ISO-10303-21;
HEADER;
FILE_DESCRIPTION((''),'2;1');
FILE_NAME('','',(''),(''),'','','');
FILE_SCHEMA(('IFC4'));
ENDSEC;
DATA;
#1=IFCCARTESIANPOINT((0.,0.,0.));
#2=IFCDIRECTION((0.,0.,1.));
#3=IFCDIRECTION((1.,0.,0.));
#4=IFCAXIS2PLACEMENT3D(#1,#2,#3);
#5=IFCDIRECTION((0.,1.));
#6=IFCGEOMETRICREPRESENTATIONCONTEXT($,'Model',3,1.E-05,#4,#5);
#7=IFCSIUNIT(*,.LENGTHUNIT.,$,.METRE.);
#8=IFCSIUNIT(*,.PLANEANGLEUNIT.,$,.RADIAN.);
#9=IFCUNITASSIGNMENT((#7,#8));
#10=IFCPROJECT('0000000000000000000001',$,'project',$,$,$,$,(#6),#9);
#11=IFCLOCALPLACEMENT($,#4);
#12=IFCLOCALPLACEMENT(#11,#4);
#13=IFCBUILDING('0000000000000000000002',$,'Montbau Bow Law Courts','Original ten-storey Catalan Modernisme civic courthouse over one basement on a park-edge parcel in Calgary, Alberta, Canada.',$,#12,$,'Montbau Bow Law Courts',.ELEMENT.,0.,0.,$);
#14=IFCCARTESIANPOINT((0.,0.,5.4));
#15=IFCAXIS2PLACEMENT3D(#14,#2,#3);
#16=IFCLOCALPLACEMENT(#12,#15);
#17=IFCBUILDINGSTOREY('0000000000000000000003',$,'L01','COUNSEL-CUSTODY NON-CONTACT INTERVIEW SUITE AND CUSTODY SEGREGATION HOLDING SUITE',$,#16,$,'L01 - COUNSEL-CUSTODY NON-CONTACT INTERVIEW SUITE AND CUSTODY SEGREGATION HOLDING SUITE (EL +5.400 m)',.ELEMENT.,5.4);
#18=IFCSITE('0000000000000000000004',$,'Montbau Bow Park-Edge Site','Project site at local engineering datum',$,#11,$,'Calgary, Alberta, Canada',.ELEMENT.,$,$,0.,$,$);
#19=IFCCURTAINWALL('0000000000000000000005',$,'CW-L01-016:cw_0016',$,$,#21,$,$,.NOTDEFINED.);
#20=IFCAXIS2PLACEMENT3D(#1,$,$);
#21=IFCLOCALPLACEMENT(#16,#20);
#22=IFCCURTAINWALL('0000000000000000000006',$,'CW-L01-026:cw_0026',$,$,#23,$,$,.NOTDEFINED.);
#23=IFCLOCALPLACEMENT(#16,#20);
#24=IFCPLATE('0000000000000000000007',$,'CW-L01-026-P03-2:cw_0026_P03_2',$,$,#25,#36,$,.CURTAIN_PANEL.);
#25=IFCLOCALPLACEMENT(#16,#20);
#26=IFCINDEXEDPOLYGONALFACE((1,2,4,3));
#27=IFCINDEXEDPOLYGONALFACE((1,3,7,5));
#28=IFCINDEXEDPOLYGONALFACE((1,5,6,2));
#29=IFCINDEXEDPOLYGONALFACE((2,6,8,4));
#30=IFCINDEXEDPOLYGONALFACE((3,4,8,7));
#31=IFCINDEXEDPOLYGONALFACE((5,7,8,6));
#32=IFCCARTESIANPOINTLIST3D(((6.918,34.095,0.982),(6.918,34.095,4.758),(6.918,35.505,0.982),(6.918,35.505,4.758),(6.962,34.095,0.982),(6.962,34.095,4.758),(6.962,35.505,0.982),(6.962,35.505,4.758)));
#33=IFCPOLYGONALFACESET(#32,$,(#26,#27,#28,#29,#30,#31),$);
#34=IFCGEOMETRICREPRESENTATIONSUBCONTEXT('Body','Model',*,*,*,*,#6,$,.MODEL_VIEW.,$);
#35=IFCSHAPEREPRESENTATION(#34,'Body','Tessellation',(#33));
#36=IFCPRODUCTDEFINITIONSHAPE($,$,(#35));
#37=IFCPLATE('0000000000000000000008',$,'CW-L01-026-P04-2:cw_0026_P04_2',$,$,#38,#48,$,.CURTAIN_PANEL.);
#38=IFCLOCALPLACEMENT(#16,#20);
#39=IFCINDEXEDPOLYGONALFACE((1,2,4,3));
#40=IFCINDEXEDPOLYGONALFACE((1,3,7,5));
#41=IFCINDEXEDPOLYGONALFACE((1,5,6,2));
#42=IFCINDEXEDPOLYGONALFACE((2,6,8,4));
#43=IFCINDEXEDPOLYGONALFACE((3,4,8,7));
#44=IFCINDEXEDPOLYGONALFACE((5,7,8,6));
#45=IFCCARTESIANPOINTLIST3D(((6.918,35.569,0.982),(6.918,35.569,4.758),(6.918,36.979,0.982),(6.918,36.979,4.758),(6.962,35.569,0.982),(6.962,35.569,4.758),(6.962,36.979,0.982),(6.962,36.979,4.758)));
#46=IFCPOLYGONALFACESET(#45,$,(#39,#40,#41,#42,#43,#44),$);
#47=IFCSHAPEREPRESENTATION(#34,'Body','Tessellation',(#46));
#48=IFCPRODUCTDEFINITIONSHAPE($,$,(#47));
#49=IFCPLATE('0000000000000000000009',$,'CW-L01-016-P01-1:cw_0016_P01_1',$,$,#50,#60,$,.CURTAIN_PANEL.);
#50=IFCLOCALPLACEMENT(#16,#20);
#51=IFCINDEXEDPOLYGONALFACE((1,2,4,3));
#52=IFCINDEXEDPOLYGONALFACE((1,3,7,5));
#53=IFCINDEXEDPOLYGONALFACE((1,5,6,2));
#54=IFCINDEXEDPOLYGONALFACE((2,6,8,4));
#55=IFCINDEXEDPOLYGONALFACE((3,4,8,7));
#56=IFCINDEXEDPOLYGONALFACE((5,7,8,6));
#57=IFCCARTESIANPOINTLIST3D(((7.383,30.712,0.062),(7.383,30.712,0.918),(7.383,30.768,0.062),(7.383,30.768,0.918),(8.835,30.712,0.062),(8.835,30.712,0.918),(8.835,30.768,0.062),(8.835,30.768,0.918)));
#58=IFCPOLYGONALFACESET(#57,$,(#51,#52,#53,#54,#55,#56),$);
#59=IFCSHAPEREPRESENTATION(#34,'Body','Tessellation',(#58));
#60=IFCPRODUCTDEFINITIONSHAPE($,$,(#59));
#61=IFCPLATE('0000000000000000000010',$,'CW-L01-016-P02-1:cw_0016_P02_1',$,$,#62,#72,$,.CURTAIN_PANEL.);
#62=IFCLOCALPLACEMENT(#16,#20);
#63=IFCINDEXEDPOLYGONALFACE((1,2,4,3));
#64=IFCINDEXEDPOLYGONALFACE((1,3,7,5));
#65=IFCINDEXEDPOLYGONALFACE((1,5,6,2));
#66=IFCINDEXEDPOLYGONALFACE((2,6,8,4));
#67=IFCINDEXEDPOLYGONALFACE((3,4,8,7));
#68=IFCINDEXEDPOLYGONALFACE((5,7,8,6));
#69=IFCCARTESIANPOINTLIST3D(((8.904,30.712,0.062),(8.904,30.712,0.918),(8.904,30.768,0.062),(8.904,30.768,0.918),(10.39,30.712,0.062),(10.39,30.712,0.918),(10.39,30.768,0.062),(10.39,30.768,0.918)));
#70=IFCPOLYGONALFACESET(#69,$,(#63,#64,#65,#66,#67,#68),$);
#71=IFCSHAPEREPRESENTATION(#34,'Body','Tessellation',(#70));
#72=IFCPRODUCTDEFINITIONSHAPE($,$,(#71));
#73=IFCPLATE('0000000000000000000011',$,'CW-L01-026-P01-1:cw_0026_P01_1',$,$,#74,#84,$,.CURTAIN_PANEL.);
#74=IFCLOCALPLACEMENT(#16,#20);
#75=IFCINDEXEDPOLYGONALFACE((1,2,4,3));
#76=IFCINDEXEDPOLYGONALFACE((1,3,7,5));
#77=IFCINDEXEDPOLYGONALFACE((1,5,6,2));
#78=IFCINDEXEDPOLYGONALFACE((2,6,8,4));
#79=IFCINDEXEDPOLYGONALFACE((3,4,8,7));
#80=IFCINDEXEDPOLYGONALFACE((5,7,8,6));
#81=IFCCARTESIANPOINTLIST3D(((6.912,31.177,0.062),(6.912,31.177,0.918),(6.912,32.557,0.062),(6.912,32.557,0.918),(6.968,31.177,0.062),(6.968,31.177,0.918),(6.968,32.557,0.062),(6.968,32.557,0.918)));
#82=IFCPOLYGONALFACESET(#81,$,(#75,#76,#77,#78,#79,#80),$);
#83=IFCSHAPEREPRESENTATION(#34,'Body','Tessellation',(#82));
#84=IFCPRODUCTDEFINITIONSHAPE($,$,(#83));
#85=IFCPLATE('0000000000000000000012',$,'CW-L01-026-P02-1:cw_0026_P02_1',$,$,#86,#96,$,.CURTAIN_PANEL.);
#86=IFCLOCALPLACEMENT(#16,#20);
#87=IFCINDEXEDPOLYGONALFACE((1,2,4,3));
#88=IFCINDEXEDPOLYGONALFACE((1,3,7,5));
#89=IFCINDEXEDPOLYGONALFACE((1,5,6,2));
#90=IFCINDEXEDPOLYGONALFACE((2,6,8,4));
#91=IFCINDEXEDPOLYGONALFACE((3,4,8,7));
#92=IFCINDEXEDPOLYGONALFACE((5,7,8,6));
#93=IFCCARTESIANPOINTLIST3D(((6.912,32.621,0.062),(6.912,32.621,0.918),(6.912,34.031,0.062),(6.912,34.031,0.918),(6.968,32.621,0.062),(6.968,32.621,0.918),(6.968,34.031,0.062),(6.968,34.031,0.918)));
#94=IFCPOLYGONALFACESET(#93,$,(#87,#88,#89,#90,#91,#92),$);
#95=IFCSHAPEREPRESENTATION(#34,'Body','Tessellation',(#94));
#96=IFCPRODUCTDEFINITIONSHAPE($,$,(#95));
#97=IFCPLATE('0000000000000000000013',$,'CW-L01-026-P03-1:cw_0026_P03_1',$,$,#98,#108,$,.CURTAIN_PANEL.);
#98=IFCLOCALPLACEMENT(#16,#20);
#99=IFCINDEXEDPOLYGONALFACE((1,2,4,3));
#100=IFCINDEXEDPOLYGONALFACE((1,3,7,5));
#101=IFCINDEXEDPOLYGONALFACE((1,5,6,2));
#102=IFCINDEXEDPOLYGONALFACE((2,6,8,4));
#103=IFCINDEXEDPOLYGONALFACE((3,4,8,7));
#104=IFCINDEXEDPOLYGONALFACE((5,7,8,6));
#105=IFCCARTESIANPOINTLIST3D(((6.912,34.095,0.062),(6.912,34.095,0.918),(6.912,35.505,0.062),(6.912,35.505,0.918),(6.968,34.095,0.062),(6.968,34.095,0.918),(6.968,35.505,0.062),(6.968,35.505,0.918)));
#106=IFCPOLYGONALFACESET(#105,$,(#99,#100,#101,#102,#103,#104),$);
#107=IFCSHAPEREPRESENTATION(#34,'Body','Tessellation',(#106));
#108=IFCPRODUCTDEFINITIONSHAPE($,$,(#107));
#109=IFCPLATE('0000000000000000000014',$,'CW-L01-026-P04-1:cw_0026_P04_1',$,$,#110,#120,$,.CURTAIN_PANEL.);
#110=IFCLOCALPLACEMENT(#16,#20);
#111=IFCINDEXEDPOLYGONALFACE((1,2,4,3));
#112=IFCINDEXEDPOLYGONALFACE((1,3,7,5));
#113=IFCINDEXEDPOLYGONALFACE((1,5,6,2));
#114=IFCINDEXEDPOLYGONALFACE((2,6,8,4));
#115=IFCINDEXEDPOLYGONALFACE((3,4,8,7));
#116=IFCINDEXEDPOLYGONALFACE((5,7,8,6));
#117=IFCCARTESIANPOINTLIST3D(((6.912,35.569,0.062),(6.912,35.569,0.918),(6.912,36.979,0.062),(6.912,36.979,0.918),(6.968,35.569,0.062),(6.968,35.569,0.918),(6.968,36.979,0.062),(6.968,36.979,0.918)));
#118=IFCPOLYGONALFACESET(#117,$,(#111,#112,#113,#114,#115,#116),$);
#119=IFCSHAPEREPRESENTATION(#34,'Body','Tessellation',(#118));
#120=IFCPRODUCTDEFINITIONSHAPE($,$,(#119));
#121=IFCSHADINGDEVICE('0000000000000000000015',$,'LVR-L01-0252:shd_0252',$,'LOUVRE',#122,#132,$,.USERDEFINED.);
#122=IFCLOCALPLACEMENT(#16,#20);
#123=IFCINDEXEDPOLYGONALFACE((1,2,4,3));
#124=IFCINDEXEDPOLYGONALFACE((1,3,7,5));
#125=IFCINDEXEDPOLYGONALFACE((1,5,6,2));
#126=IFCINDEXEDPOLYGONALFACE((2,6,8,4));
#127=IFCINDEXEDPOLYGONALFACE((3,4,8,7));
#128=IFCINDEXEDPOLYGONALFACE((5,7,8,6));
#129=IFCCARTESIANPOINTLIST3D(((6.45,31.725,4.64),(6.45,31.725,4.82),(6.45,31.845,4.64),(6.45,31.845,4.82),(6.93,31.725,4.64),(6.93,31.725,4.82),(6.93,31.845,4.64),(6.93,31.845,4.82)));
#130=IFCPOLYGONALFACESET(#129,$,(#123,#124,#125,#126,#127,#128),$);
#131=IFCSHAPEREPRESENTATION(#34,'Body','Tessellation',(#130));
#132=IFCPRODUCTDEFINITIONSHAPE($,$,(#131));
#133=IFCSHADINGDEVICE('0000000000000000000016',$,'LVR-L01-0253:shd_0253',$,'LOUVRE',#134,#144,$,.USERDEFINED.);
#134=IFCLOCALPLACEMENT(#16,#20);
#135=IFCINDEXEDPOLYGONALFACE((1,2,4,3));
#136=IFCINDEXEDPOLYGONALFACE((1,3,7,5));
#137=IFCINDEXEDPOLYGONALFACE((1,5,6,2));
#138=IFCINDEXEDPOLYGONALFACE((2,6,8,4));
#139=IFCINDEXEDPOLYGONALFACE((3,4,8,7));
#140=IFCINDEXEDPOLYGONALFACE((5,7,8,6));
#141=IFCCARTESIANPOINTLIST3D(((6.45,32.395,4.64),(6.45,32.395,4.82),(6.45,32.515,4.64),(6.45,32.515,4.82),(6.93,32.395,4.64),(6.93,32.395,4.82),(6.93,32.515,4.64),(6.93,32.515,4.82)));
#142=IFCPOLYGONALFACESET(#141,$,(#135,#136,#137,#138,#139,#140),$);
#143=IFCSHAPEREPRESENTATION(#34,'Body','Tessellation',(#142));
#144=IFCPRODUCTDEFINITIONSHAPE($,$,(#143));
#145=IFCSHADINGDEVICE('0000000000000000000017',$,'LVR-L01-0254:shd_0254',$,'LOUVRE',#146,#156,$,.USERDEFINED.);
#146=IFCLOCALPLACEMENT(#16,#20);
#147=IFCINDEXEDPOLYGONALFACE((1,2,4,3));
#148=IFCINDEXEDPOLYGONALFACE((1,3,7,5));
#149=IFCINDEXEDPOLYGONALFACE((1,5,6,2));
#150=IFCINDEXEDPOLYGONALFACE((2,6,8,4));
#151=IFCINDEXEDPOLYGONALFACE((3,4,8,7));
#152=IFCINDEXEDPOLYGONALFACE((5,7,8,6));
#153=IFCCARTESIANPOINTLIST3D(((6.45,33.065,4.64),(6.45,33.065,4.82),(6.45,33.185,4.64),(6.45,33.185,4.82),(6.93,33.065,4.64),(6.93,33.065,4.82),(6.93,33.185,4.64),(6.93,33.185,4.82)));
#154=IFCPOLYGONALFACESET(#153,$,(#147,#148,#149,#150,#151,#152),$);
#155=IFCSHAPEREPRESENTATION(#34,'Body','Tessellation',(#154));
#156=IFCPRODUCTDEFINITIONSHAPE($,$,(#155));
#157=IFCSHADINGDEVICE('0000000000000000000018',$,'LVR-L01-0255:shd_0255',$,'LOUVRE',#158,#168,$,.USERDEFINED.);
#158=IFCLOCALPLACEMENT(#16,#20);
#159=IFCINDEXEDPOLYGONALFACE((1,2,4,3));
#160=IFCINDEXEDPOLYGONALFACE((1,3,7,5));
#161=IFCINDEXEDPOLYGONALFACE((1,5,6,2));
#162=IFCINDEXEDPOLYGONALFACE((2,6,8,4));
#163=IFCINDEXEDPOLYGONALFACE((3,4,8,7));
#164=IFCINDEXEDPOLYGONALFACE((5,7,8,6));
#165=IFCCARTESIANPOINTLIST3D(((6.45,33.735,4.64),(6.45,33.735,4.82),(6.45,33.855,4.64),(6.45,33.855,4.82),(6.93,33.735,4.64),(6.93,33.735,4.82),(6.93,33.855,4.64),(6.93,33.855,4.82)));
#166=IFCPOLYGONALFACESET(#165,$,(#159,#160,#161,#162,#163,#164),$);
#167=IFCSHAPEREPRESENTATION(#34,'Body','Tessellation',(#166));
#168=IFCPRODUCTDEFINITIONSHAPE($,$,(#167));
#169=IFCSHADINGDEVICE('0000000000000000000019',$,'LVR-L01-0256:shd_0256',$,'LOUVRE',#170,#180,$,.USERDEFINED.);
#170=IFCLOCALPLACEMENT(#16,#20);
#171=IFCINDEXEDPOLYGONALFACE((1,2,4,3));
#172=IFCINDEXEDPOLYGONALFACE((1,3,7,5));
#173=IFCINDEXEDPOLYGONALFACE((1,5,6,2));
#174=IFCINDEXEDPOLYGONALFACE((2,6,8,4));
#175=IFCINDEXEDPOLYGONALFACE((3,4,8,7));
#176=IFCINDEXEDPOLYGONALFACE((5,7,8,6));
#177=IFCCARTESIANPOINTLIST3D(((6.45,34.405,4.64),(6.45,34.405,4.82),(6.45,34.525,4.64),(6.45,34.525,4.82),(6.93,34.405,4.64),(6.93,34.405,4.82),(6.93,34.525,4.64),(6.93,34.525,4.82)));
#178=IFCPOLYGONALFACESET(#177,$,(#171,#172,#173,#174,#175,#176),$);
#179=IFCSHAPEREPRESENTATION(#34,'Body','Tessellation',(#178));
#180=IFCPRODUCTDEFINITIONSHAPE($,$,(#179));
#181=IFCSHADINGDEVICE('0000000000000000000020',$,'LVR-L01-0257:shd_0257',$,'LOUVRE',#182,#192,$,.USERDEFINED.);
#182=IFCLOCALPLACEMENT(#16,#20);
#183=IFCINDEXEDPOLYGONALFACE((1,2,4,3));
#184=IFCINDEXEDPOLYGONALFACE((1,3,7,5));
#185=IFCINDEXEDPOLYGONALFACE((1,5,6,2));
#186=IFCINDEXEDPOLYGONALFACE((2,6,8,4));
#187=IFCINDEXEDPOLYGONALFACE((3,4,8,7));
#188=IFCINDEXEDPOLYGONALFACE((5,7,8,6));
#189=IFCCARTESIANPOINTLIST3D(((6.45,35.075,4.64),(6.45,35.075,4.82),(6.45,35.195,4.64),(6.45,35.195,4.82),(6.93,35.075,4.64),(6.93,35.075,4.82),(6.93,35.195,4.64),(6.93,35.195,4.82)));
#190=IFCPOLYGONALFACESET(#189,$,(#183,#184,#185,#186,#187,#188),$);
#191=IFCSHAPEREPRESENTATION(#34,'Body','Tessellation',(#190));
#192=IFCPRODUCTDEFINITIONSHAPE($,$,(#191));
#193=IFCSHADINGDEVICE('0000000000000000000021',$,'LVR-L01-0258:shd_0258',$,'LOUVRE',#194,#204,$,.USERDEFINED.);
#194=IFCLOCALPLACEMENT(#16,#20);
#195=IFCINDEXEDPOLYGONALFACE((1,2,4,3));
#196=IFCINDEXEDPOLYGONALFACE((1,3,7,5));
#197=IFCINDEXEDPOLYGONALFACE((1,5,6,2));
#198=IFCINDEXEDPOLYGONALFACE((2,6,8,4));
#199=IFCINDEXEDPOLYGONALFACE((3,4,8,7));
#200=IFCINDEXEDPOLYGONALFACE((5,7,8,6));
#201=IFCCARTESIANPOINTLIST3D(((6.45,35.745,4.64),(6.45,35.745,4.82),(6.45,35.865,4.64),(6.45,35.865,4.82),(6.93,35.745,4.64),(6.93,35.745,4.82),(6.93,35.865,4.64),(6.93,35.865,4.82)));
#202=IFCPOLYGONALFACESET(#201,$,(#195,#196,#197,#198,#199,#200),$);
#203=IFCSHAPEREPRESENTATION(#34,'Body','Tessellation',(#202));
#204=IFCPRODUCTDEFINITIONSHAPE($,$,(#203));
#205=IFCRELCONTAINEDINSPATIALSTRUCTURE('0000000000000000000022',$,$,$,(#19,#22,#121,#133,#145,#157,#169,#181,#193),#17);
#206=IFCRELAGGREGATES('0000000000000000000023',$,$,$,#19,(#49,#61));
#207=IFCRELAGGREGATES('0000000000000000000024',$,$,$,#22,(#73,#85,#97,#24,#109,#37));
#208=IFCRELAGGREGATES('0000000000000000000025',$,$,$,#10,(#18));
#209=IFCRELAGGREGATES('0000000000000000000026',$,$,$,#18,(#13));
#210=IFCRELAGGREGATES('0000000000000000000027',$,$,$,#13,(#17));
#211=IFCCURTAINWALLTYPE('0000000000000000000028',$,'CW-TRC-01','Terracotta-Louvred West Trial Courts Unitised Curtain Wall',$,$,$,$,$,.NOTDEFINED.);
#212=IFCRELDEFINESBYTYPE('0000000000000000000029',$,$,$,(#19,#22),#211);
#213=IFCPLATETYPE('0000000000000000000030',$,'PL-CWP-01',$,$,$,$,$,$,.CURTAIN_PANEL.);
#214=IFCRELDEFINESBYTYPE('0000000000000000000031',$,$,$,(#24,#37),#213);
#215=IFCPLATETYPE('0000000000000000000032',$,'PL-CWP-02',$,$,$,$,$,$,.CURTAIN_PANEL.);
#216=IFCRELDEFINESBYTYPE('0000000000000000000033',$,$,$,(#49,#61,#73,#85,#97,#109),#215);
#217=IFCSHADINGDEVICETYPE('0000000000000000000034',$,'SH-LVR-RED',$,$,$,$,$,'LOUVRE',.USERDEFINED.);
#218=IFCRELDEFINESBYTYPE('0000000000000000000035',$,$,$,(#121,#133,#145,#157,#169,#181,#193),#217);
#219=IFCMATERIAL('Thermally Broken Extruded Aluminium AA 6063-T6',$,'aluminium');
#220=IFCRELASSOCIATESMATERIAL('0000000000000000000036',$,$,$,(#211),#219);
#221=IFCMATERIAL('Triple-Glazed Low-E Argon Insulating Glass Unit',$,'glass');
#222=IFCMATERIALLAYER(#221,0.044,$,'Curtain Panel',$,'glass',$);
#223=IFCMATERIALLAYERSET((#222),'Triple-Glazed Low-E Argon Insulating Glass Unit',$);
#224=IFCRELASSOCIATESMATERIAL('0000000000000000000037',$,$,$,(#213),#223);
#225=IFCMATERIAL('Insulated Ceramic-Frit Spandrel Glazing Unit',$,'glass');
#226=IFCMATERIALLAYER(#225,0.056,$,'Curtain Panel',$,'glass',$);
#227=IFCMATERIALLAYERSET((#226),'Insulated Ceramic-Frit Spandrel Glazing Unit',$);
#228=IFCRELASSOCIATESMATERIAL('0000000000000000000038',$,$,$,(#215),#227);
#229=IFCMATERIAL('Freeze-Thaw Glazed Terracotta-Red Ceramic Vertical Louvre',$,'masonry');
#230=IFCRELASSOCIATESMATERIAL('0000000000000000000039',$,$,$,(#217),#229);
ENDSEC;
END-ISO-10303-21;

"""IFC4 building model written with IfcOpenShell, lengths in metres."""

from ifc_helpers import new_model, si_unit, direction, frame, frame_2d, origin_with_axes, origin_2d_with_axis, place, context, subcontext, project, spatial, rectangle, extrude, material, layer, layer_set, type_object, element, aggregate, save


model = new_model("IFC4")

# Units and contexts
model_context = context("Model", 3, precision=1e-05, world=origin_with_axes(), true_north=direction((0.0, 1.0)))
body_context = subcontext(model_context, "Body", "Model", "MODEL_VIEW")
ifc_project = project(units=[si_unit("LENGTHUNIT", "METRE"), si_unit("PLANEANGLEUNIT", "RADIAN")], contexts=[model_context])

# Site, building, storey
site_placement = place(None, origin_with_axes())
site = spatial("IfcSite", under=ifc_project, at=site_placement, Name="Montbau Bow Park-Edge Site", Description="Project site at local engineering datum", LongName="Calgary, Alberta, Canada", CompositionType="ELEMENT", RefElevation=0.0)
building_placement = place(site_placement, origin_with_axes())
building = spatial("IfcBuilding", under=site, at=building_placement, Name="Montbau Bow Law Courts", Description="Original ten-storey Catalan Modernisme civic courthouse over one basement on a park-edge parcel in Calgary, Alberta, Canada.", LongName="Montbau Bow Law Courts", CompositionType="ELEMENT", ElevationOfRefHeight=0.0, ElevationOfTerrain=0.0)
storey_placement = place(building_placement, frame((0.0, 0.0, 5.4), z_axis=(0.0, 0.0, 1.0), x_axis=(1.0, 0.0, 0.0)))
storey = spatial("IfcBuildingStorey", under=building, at=storey_placement, Name="L01", Description="COUNSEL-CUSTODY NON-CONTACT INTERVIEW SUITE AND CUSTODY SEGREGATION HOLDING SUITE", LongName="L01 - COUNSEL-CUSTODY NON-CONTACT INTERVIEW SUITE AND CUSTODY SEGREGATION HOLDING SUITE (EL +5.400 m)", CompositionType="ELEMENT", Elevation=5.4)

# Curtain walls
ifc_material_1 = material(Name="Thermally Broken Extruded Aluminium AA 6063-T6", Category="aluminium")
curtain_wall_type = type_object("IfcCurtainWallType", Name="CW-TRC-01", Description="Terracotta-Louvred West Trial Courts Unitised Curtain Wall", PredefinedType="NOTDEFINED", material=ifc_material_1)
curtain_wall_1_placement = place(None, frame((7.315, 30.74, 5.4), z_axis=(0.0, 0.0, 1.0), x_axis=(1.0, 0.0, 0.0)))
curtain_wall_1 = element("IfcCurtainWall", 1, at=curtain_wall_1_placement, inside=storey, type_object=curtain_wall_type, Name="CW-L01-016:cw_0016", PredefinedType="NOTDEFINED")
curtain_wall_2_placement = place(None, frame((6.94, 31.115, 5.4), z_axis=(0.0, 0.0, 1.0), x_axis=(1.0, 0.0, 0.0)))
curtain_wall_2 = element("IfcCurtainWall", 2, at=curtain_wall_2_placement, inside=storey, type_object=curtain_wall_type, Name="CW-L01-026:cw_0026", PredefinedType="NOTDEFINED")

# Plates
ifc_material_2 = material(Name="Triple-Glazed Low-E Argon Insulating Glass Unit", Category="glass")
ifc_layer_1 = layer(ifc_material_2, 0.044, Name="Curtain Panel", Category="glass")
ifc_layer_set_1 = layer_set([ifc_layer_1], Name="Triple-Glazed Low-E Argon Insulating Glass Unit")
plate_type_1 = type_object("IfcPlateType", Name="PL-CWP-01", PredefinedType="CURTAIN_PANEL", material=ifc_layer_set_1)
plate_1_placement = place(None, frame((6.94, 34.095, 6.382), z_axis=(1.0, 0.0, 0.0), x_axis=(0.0, 1.0, 0.0)))
plate_1 = element("IfcPlate", 3, at=plate_1_placement, type_object=plate_type_1, Name="CW-L01-026-P03-2:cw_0026_P03_2", PredefinedType="CURTAIN_PANEL", context=body_context, shape_type="SweptSolid", body=[
    extrude(rectangle(XDim=1.41, YDim=3.776, at=frame_2d((0.705, 1.888), x_axis=(1.0, 0.0))), frame((0.0, 0.0, -0.022), z_axis=(0.0, 0.0, 1.0), x_axis=(1.0, 0.0, 0.0)), (0.0, 0.0, 1.0), 0.044),
])
plate_2_placement = place(None, frame((6.94, 35.569, 6.382), z_axis=(1.0, 0.0, 0.0), x_axis=(0.0, 1.0, 0.0)))
plate_2 = element("IfcPlate", 4, at=plate_2_placement, type_object=plate_type_1, Name="CW-L01-026-P04-2:cw_0026_P04_2", PredefinedType="CURTAIN_PANEL", context=body_context, shape_type="SweptSolid", body=[
    extrude(rectangle(XDim=1.41, YDim=3.776, at=frame_2d((0.705, 1.888), x_axis=(1.0, 0.0))), frame((0.0, 0.0, -0.022), z_axis=(0.0, 0.0, 1.0), x_axis=(1.0, 0.0, 0.0)), (0.0, 0.0, 1.0), 0.044),
])
ifc_material_3 = material(Name="Insulated Ceramic-Frit Spandrel Glazing Unit", Category="glass")
ifc_layer_2 = layer(ifc_material_3, 0.056, Name="Curtain Panel", Category="glass")
ifc_layer_set_2 = layer_set([ifc_layer_2], Name="Insulated Ceramic-Frit Spandrel Glazing Unit")
plate_type_2 = type_object("IfcPlateType", Name="PL-CWP-02", PredefinedType="CURTAIN_PANEL", material=ifc_layer_set_2)
plate_3_placement = place(None, frame((7.383, 30.74, 5.462), z_axis=(0.0, -1.0, 0.0), x_axis=(1.0, 0.0, 0.0)))
plate_3 = element("IfcPlate", 5, at=plate_3_placement, type_object=plate_type_2, Name="CW-L01-016-P01-1:cw_0016_P01_1", PredefinedType="CURTAIN_PANEL", context=body_context, shape_type="SweptSolid", body=[
    extrude(rectangle(XDim=1.452, YDim=0.856, at=frame_2d((0.726, 0.428), x_axis=(1.0, 0.0))), frame((0.0, 0.0, -0.028), z_axis=(0.0, 0.0, 1.0), x_axis=(1.0, 0.0, 0.0)), (0.0, 0.0, 1.0), 0.056),
])
plate_4_placement = place(None, frame((8.904, 30.74, 5.462), z_axis=(0.0, -1.0, 0.0), x_axis=(1.0, 0.0, 0.0)))
plate_4 = element("IfcPlate", 6, at=plate_4_placement, type_object=plate_type_2, Name="CW-L01-016-P02-1:cw_0016_P02_1", PredefinedType="CURTAIN_PANEL", context=body_context, shape_type="SweptSolid", body=[
    extrude(rectangle(XDim=1.486, YDim=0.856, at=frame_2d((0.743, 0.428), x_axis=(1.0, 0.0))), frame((0.0, 0.0, -0.028), z_axis=(0.0, 0.0, 1.0), x_axis=(1.0, 0.0, 0.0)), (0.0, 0.0, 1.0), 0.056),
])
aggregate(curtain_wall_1, [plate_3, plate_4])
plate_5_placement = place(None, frame((6.94, 31.177, 5.462), z_axis=(1.0, 0.0, 0.0), x_axis=(0.0, 1.0, 0.0)))
plate_5 = element("IfcPlate", 7, at=plate_5_placement, type_object=plate_type_2, Name="CW-L01-026-P01-1:cw_0026_P01_1", PredefinedType="CURTAIN_PANEL", context=body_context, shape_type="SweptSolid", body=[
    extrude(rectangle(XDim=1.38, YDim=0.856, at=frame_2d((0.69, 0.428), x_axis=(1.0, 0.0))), frame((0.0, 0.0, -0.028), z_axis=(0.0, 0.0, 1.0), x_axis=(1.0, 0.0, 0.0)), (0.0, 0.0, 1.0), 0.056),
])
plate_6_placement = place(None, frame((6.94, 32.621, 5.462), z_axis=(1.0, 0.0, 0.0), x_axis=(0.0, 1.0, 0.0)))
plate_6 = element("IfcPlate", 8, at=plate_6_placement, type_object=plate_type_2, Name="CW-L01-026-P02-1:cw_0026_P02_1", PredefinedType="CURTAIN_PANEL", context=body_context, shape_type="SweptSolid", body=[
    extrude(rectangle(XDim=1.41, YDim=0.856, at=frame_2d((0.705, 0.428), x_axis=(1.0, 0.0))), frame((0.0, 0.0, -0.028), z_axis=(0.0, 0.0, 1.0), x_axis=(1.0, 0.0, 0.0)), (0.0, 0.0, 1.0), 0.056),
])
plate_7_placement = place(None, frame((6.94, 34.095, 5.462), z_axis=(1.0, 0.0, 0.0), x_axis=(0.0, 1.0, 0.0)))
plate_7 = element("IfcPlate", 9, at=plate_7_placement, type_object=plate_type_2, Name="CW-L01-026-P03-1:cw_0026_P03_1", PredefinedType="CURTAIN_PANEL", context=body_context, shape_type="SweptSolid", body=[
    extrude(rectangle(XDim=1.41, YDim=0.856, at=frame_2d((0.705, 0.428), x_axis=(1.0, 0.0))), frame((0.0, 0.0, -0.028), z_axis=(0.0, 0.0, 1.0), x_axis=(1.0, 0.0, 0.0)), (0.0, 0.0, 1.0), 0.056),
])
plate_8_placement = place(None, frame((6.94, 35.569, 5.462), z_axis=(1.0, 0.0, 0.0), x_axis=(0.0, 1.0, 0.0)))
plate_8 = element("IfcPlate", 10, at=plate_8_placement, type_object=plate_type_2, Name="CW-L01-026-P04-1:cw_0026_P04_1", PredefinedType="CURTAIN_PANEL", context=body_context, shape_type="SweptSolid", body=[
    extrude(rectangle(XDim=1.41, YDim=0.856, at=frame_2d((0.705, 0.428), x_axis=(1.0, 0.0))), frame((0.0, 0.0, -0.028), z_axis=(0.0, 0.0, 1.0), x_axis=(1.0, 0.0, 0.0)), (0.0, 0.0, 1.0), 0.056),
])
aggregate(curtain_wall_2, [plate_5, plate_6, plate_7, plate_1, plate_8, plate_2])

# Shading devices
ifc_material_4 = material(Name="Freeze-Thaw Glazed Terracotta-Red Ceramic Vertical Louvre", Category="masonry")
shading_device_type = type_object("IfcShadingDeviceType", Name="SH-LVR-RED", ElementType="LOUVRE", PredefinedType="USERDEFINED", material=ifc_material_4)
for number, where, z_axis, x_axis, name in (
    (11, (6.69, 31.785, 10.04), (0.0, 0.0, 1.0), (-1.0, 0.0, 0.0), "LVR-L01-0252:shd_0252"),
    (12, (6.69, 32.455, 10.04), (0.0, 0.0, 1.0), (-1.0, 0.0, 0.0), "LVR-L01-0253:shd_0253"),
    (13, (6.69, 33.125, 10.04), (0.0, 0.0, 1.0), (-1.0, 0.0, 0.0), "LVR-L01-0254:shd_0254"),
    (14, (6.69, 33.795, 10.04), (0.0, 0.0, 1.0), (-1.0, 0.0, 0.0), "LVR-L01-0255:shd_0255"),
    (15, (6.69, 34.465, 10.04), (0.0, 0.0, 1.0), (-1.0, 0.0, 0.0), "LVR-L01-0256:shd_0256"),
    (16, (6.69, 35.135, 10.04), (0.0, 0.0, 1.0), (-1.0, 0.0, 0.0), "LVR-L01-0257:shd_0257"),
    (17, (6.69, 35.805, 10.04), (0.0, 0.0, 1.0), (-1.0, 0.0, 0.0), "LVR-L01-0258:shd_0258"),
):
    element("IfcShadingDevice", number, at=place(None, frame(where, z_axis=z_axis, x_axis=x_axis)), inside=storey, type_object=shading_device_type, Name=name, ObjectType="LOUVRE", PredefinedType="USERDEFINED", context=body_context, shape_type="SweptSolid", body=[
        extrude(rectangle(XDim=0.48, YDim=0.12, at=origin_2d_with_axis()), origin_with_axes(), (0.0, 0.0, 1.0), 0.18),
    ])

save(model, "model.ifc")
